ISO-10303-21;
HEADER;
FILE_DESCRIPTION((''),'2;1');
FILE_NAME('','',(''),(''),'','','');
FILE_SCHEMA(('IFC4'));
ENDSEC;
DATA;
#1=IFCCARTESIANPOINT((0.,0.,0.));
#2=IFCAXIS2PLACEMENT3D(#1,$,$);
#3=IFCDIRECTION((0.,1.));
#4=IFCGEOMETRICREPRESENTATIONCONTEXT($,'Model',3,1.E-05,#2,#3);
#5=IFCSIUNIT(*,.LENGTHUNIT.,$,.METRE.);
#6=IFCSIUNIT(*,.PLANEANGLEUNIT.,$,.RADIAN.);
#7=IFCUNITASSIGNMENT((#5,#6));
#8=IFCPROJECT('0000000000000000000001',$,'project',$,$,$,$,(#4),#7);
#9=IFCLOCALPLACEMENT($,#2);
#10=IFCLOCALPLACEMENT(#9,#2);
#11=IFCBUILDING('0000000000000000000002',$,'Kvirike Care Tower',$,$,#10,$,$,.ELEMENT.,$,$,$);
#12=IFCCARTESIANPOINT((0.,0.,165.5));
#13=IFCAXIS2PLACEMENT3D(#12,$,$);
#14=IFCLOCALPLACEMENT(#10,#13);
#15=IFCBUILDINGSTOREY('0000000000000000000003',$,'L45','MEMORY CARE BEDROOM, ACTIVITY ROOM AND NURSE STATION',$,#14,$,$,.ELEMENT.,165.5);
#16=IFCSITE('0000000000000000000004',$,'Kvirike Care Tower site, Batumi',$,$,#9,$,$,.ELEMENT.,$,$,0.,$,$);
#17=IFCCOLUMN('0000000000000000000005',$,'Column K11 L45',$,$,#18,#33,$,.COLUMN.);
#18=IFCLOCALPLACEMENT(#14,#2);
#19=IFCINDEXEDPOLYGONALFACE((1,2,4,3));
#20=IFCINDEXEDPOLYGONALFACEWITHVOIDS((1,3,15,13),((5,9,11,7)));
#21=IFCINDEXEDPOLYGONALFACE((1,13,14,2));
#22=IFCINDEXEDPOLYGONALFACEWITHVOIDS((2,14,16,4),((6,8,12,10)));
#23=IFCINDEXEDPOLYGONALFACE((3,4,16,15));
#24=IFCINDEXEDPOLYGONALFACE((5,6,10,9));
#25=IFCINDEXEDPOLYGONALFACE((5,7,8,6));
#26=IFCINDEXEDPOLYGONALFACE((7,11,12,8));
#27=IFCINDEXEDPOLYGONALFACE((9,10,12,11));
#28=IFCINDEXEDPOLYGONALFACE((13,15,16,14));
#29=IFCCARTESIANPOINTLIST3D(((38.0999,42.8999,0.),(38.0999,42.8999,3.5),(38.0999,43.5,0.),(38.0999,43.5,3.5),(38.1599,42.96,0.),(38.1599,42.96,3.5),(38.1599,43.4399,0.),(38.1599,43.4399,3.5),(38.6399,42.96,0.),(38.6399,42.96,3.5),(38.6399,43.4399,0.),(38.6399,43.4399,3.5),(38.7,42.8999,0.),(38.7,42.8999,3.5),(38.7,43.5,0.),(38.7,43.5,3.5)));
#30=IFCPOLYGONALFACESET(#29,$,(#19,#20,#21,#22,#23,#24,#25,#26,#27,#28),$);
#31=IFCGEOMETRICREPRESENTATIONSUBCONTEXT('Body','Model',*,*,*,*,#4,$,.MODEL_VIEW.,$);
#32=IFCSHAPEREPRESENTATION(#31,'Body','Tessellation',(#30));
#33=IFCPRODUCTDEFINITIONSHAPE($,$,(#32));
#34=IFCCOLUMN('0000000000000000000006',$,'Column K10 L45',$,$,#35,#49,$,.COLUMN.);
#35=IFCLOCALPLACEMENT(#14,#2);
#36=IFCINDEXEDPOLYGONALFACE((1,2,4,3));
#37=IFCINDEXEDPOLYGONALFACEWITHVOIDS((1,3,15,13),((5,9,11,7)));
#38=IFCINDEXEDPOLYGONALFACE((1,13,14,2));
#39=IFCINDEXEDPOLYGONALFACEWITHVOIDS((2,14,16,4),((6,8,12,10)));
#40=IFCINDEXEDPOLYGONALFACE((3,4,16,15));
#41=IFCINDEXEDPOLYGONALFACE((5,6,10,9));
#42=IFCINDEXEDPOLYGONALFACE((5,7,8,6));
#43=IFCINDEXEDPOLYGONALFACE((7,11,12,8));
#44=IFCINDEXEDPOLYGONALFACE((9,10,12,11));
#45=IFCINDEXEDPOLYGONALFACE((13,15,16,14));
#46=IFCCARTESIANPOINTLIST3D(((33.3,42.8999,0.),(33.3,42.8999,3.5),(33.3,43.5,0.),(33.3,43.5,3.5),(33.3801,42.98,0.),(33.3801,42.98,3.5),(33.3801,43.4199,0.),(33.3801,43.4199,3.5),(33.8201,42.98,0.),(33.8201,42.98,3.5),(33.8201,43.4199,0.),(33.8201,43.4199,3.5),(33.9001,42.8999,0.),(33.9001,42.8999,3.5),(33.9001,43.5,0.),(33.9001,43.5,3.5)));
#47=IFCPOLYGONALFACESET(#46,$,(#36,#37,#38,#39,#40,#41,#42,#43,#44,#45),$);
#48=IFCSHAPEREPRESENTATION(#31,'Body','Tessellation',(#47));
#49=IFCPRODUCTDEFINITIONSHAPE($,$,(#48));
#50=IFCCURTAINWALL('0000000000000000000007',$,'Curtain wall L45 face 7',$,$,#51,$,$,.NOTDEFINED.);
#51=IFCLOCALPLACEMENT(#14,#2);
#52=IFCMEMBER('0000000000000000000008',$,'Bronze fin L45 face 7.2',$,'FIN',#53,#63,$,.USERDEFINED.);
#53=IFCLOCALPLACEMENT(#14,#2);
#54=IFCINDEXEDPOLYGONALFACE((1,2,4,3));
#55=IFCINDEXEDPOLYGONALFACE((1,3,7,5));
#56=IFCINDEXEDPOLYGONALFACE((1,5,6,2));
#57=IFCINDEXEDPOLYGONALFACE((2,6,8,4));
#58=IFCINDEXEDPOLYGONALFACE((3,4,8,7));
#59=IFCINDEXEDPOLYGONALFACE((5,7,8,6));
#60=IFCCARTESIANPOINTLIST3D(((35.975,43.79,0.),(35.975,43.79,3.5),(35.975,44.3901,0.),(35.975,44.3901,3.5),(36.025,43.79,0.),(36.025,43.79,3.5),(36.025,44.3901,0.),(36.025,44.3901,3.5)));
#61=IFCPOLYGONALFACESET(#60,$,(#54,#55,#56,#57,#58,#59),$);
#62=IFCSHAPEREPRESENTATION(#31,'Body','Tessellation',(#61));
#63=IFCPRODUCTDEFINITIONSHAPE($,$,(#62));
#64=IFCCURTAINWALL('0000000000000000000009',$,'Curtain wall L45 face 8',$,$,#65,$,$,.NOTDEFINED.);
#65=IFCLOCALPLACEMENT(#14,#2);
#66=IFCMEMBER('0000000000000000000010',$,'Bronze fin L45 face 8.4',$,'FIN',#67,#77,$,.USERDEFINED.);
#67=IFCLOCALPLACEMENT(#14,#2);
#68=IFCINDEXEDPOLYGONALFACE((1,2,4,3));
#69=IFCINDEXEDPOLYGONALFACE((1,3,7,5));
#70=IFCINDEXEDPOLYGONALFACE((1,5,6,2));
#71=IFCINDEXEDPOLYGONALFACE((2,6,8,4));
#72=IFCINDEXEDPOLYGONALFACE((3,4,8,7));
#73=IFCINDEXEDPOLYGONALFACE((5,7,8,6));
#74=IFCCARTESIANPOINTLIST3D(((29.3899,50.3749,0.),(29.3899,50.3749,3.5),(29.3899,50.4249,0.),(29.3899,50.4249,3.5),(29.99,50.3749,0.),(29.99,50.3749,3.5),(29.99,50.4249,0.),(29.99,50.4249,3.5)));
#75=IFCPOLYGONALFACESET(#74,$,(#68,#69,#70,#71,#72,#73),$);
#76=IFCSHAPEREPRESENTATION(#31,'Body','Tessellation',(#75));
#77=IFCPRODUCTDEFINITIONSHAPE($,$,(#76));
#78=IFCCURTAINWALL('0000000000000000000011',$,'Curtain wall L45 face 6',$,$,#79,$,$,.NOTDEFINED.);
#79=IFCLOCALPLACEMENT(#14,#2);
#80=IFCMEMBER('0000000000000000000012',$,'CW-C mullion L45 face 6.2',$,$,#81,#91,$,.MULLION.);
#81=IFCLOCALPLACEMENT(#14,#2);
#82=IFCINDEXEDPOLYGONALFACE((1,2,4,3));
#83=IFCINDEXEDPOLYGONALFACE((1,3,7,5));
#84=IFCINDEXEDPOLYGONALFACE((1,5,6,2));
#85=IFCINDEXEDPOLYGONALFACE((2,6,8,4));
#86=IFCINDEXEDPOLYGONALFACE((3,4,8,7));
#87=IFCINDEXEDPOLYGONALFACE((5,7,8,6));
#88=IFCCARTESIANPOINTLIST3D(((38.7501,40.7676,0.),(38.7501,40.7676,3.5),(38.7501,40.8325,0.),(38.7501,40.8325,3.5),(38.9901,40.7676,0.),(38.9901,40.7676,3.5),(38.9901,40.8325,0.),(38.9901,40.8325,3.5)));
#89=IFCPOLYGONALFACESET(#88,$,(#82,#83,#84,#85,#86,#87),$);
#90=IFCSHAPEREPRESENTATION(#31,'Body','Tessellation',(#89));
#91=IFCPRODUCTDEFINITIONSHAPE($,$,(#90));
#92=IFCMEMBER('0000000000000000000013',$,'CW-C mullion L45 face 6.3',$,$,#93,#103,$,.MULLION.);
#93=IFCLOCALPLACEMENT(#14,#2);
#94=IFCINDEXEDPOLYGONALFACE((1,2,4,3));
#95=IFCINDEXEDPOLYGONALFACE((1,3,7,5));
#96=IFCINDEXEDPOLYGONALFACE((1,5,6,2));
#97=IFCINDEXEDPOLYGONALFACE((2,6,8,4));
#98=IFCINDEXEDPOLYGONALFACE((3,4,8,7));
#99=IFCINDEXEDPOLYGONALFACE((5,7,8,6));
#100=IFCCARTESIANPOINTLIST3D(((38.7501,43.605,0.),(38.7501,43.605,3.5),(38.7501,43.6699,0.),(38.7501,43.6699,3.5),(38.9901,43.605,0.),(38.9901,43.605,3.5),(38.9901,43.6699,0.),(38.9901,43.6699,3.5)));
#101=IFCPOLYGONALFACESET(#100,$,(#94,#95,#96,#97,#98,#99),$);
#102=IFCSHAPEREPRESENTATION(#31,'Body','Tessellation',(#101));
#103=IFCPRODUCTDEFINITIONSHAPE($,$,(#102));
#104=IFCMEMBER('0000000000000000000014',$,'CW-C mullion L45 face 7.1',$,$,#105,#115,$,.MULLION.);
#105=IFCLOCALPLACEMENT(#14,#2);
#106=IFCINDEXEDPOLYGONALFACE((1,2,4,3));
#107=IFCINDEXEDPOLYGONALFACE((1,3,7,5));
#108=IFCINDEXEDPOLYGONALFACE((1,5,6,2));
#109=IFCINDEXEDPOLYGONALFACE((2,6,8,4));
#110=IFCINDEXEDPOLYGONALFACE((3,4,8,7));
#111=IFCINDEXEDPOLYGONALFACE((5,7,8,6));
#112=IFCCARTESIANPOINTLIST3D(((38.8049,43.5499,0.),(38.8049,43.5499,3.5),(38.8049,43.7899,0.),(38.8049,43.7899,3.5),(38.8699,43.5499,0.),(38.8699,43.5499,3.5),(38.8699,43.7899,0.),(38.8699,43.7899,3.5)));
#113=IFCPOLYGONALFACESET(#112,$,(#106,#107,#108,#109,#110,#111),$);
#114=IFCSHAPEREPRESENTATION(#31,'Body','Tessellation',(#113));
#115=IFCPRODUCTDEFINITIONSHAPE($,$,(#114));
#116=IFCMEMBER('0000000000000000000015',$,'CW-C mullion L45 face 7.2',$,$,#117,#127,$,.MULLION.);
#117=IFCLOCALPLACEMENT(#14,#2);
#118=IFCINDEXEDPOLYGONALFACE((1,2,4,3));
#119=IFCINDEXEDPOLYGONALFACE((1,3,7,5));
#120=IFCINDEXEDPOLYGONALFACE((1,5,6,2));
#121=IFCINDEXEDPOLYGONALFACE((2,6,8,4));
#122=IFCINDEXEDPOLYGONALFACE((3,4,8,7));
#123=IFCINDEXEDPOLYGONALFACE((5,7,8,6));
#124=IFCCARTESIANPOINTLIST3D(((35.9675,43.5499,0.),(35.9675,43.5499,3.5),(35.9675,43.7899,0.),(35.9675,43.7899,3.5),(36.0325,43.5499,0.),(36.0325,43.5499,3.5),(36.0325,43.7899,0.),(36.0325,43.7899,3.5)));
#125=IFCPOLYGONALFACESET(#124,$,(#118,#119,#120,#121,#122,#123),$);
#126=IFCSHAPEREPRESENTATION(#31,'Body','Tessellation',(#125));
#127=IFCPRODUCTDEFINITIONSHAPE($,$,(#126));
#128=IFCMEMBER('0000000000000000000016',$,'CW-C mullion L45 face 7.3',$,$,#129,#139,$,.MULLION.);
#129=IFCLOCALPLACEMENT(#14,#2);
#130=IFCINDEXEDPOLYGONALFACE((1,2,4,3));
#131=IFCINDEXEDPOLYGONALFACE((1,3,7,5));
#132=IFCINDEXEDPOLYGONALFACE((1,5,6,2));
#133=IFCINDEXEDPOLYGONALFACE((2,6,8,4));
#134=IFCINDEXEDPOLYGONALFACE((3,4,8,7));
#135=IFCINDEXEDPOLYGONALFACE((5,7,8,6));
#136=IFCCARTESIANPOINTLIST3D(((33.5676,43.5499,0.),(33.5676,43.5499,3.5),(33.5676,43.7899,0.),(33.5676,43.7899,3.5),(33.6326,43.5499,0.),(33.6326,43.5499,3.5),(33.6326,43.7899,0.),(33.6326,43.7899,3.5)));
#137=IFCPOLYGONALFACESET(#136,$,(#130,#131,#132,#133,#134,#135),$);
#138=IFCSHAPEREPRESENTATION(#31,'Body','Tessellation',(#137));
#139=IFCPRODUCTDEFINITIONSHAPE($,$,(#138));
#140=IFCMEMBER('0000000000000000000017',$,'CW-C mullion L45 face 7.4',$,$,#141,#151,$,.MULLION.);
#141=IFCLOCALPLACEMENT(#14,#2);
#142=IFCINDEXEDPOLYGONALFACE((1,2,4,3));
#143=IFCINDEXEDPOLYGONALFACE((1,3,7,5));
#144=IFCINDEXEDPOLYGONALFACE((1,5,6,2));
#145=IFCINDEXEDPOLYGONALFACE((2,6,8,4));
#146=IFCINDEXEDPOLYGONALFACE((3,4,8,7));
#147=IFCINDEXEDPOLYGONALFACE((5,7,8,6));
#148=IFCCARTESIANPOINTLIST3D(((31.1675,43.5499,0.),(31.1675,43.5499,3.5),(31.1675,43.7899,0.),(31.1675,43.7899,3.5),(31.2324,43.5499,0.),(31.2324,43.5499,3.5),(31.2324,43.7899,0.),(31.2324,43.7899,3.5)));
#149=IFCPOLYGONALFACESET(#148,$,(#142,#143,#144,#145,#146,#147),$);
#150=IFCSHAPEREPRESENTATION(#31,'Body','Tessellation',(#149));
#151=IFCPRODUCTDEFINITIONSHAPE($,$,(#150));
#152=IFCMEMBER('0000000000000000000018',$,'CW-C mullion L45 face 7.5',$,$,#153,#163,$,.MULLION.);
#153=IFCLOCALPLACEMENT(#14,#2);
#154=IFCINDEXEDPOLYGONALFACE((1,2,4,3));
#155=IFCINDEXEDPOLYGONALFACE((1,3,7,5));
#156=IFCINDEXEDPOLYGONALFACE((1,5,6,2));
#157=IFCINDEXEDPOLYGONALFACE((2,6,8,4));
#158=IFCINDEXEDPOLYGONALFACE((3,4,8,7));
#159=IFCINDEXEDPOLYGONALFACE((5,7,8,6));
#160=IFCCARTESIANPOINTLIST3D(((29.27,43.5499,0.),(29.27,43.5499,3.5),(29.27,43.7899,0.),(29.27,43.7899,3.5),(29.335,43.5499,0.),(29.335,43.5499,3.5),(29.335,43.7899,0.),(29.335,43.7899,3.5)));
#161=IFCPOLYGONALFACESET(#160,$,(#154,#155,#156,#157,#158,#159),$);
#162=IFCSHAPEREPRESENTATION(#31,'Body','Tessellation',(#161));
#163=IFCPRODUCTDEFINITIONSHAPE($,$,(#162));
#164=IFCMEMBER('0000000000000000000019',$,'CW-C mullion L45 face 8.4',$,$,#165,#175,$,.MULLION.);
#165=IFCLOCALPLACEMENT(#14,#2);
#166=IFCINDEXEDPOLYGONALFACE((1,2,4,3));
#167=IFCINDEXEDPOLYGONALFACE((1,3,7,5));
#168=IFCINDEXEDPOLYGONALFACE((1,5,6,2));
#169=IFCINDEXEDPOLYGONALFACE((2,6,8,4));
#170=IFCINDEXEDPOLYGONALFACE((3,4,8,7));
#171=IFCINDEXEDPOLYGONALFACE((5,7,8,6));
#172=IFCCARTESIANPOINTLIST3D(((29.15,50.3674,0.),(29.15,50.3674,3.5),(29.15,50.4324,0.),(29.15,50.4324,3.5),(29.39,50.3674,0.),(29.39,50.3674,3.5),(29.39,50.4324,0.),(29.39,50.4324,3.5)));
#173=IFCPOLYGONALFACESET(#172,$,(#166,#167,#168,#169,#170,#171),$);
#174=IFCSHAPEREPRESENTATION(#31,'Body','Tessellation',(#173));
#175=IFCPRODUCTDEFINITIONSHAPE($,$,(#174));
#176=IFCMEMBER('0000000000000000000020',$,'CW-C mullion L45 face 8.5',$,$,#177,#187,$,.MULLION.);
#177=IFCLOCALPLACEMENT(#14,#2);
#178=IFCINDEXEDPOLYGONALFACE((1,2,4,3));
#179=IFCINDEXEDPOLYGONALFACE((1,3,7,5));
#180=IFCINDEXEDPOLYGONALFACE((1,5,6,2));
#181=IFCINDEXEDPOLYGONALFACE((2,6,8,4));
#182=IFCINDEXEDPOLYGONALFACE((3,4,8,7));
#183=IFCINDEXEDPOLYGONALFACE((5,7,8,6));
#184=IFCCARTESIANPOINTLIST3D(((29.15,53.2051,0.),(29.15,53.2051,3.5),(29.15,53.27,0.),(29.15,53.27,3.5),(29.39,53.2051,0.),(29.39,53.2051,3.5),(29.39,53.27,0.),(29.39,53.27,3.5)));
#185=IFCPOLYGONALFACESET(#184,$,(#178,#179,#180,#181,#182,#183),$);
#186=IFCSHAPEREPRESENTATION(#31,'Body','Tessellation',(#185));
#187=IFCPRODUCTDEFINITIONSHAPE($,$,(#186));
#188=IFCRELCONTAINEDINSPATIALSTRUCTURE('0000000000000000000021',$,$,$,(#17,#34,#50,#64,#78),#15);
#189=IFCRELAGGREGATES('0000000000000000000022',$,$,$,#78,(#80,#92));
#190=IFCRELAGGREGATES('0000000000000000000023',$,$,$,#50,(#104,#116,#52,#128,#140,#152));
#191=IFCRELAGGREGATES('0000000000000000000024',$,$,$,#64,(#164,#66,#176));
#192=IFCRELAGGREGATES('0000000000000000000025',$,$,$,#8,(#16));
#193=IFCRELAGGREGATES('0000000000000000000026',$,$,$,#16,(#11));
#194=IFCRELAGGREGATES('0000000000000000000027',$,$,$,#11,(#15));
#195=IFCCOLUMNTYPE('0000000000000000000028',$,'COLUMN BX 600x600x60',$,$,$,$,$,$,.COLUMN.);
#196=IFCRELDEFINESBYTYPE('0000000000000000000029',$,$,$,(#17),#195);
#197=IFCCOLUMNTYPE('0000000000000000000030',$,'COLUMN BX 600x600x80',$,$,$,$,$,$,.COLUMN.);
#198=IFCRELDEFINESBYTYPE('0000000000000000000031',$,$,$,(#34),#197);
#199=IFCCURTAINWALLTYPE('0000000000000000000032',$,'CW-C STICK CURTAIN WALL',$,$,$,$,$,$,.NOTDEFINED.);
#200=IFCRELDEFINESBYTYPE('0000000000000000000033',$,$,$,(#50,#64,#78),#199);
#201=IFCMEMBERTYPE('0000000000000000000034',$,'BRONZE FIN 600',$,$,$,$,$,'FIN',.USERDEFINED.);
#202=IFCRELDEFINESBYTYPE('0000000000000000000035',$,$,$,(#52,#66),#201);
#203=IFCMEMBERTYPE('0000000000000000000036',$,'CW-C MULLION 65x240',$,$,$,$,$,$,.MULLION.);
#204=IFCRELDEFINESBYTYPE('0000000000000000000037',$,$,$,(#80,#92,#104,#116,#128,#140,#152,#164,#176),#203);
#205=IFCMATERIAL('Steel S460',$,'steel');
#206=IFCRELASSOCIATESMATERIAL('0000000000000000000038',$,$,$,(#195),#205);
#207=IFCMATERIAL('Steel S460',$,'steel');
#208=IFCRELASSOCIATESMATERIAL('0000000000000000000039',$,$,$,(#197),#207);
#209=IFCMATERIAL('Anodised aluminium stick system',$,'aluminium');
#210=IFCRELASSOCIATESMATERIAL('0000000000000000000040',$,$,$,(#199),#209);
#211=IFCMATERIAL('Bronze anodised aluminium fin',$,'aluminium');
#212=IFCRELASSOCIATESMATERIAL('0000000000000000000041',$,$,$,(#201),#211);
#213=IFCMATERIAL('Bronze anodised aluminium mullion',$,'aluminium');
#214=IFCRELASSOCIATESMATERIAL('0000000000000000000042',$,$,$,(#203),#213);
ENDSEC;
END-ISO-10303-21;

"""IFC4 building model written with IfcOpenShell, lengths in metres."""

from ifc_helpers import new_model, si_unit, direction, frame, origin, origin_2d, place, context, subcontext, project, spatial, rectangle, hollow_rectangle, extrude, material, material_profile, profile_set, type_object, element, aggregate, save


model = new_model("IFC4")

# Units and contexts
model_context = context("Model", 3, precision=1e-05, world=origin(), true_north=direction((0.0, 1.0)))
body_context = subcontext(model_context, "Body", "Model", "MODEL_VIEW")
ifc_project = project(units=[si_unit("LENGTHUNIT", "METRE"), si_unit("PLANEANGLEUNIT", "RADIAN")], contexts=[model_context])

# Site, building, storey
site_placement = place(None, origin())
site = spatial("IfcSite", under=ifc_project, at=site_placement, Name="Kvirike Care Tower site, Batumi", CompositionType="ELEMENT", RefElevation=0.0)
building_placement = place(site_placement, origin())
building = spatial("IfcBuilding", under=site, at=building_placement, Name="Kvirike Care Tower", CompositionType="ELEMENT")
storey_placement = place(building_placement, frame((0.0, 0.0, 165.5)))
storey = spatial("IfcBuildingStorey", under=building, at=storey_placement, Name="L45", Description="MEMORY CARE BEDROOM, ACTIVITY ROOM AND NURSE STATION", CompositionType="ELEMENT", Elevation=165.5)

# Columns
ifc_material_1 = material(Name="Steel S460", Category="steel")
ifc_material_profile_1 = material_profile(ifc_material_1, hollow_rectangle(XDim=0.6001, YDim=0.6001, WallThickness=0.0601, at=origin_2d()), Name="BX 600x600x60")
ifc_profile_set_1 = profile_set([ifc_material_profile_1], Name="Steel S460")
column_type_1 = type_object("IfcColumnType", Name="COLUMN BX 600x600x60", PredefinedType="COLUMN", material=ifc_profile_set_1)
column_1_placement = place(storey_placement, frame((38.3999, 43.2, 0.0), z_axis=(0.0, 0.0, 1.0), x_axis=(0.0, 1.0, 0.0)))
element("IfcColumn", 1, at=column_1_placement, inside=storey, type_object=column_type_1, Name="Column K11 L45", PredefinedType="COLUMN", context=body_context, shape_type="SweptSolid", body=[
    extrude(hollow_rectangle(XDim=0.6001, YDim=0.6001, WallThickness=0.0601, at=origin_2d()), origin(), (0.0, 0.0, 1.0), 3.5),
])
ifc_material_2 = material(Name="Steel S460", Category="steel")
ifc_material_profile_2 = material_profile(ifc_material_2, hollow_rectangle(XDim=0.6001, YDim=0.6001, WallThickness=0.0801, at=origin_2d()), Name="BX 600x600x80")
ifc_profile_set_2 = profile_set([ifc_material_profile_2], Name="Steel S460")
column_type_2 = type_object("IfcColumnType", Name="COLUMN BX 600x600x80", PredefinedType="COLUMN", material=ifc_profile_set_2)
column_2_placement = place(storey_placement, frame((33.6001, 43.2, 0.0), z_axis=(0.0, 0.0, 1.0), x_axis=(0.0, 1.0, 0.0)))
element("IfcColumn", 2, at=column_2_placement, inside=storey, type_object=column_type_2, Name="Column K10 L45", PredefinedType="COLUMN", context=body_context, shape_type="SweptSolid", body=[
    extrude(hollow_rectangle(XDim=0.6001, YDim=0.6001, WallThickness=0.0801, at=origin_2d()), origin(), (0.0, 0.0, 1.0), 3.5),
])

# Curtain walls, members
ifc_material_3 = material(Name="Anodised aluminium stick system", Category="aluminium")
curtain_wall_type = type_object("IfcCurtainWallType", Name="CW-C STICK CURTAIN WALL", PredefinedType="NOTDEFINED", material=ifc_material_3)
curtain_wall_1_placement = place(storey_placement, origin())
curtain_wall_1 = element("IfcCurtainWall", 3, at=curtain_wall_1_placement, inside=storey, type_object=curtain_wall_type, Name="Curtain wall L45 face 7", PredefinedType="NOTDEFINED")
ifc_material_4 = material(Name="Bronze anodised aluminium fin", Category="aluminium")
ifc_material_profile_3 = material_profile(ifc_material_4, rectangle(XDim=0.05, YDim=0.6001, at=origin_2d()), Name="BRONZE FIN 600")
ifc_profile_set_3 = profile_set([ifc_material_profile_3], Name="Bronze anodised aluminium fin")
member_type_1 = type_object("IfcMemberType", Name="BRONZE FIN 600", ElementType="FIN", PredefinedType="USERDEFINED", material=ifc_profile_set_3)
member_1_placement = place(storey_placement, frame((36.0, 44.0901, 0.0), z_axis=(0.0, 0.0, 1.0), x_axis=(-1.0, 0.0, 0.0)))
member_1 = element("IfcMember", 4, at=member_1_placement, type_object=member_type_1, Name="Bronze fin L45 face 7.2", ObjectType="FIN", PredefinedType="USERDEFINED", context=body_context, shape_type="SweptSolid", body=[
    extrude(rectangle(XDim=0.05, YDim=0.6001, at=origin_2d()), origin(), (0.0, 0.0, 1.0), 3.5),
])
curtain_wall_2_placement = place(storey_placement, origin())
curtain_wall_2 = element("IfcCurtainWall", 5, at=curtain_wall_2_placement, inside=storey, type_object=curtain_wall_type, Name="Curtain wall L45 face 8", PredefinedType="NOTDEFINED")
member_2_placement = place(storey_placement, frame((29.6899, 50.3999, 0.0), z_axis=(0.0, 0.0, 1.0), x_axis=(0.0, 1.0, 0.0)))
member_2 = element("IfcMember", 6, at=member_2_placement, type_object=member_type_1, Name="Bronze fin L45 face 8.4", ObjectType="FIN", PredefinedType="USERDEFINED", context=body_context, shape_type="SweptSolid", body=[
    extrude(rectangle(XDim=0.05, YDim=0.6001, at=origin_2d()), origin(), (0.0, 0.0, 1.0), 3.5),
])

# Curtain wall, members
curtain_wall_3_placement = place(storey_placement, origin())
curtain_wall_3 = element("IfcCurtainWall", 7, at=curtain_wall_3_placement, inside=storey, type_object=curtain_wall_type, Name="Curtain wall L45 face 6", PredefinedType="NOTDEFINED")
ifc_material_5 = material(Name="Bronze anodised aluminium mullion", Category="aluminium")
ifc_material_profile_4 = material_profile(ifc_material_5, rectangle(XDim=0.0649, YDim=0.24, at=origin_2d()), Name="CW-C MULLION 65x240")
ifc_profile_set_4 = profile_set([ifc_material_profile_4], Name="Bronze anodised aluminium mullion")
member_type_2 = type_object("IfcMemberType", Name="CW-C MULLION 65x240", PredefinedType="MULLION", material=ifc_profile_set_4)
member_3_placement = place(storey_placement, frame((38.8701, 40.8, 0.0), z_axis=(0.0, 0.0, 1.0), x_axis=(0.0, 1.0, 0.0)))
member_3 = element("IfcMember", 8, at=member_3_placement, type_object=member_type_2, Name="CW-C mullion L45 face 6.2", PredefinedType="MULLION", context=body_context, shape_type="SweptSolid", body=[
    extrude(rectangle(XDim=0.0649, YDim=0.24, at=origin_2d()), origin(), (0.0, 0.0, 1.0), 3.5),
])
member_4_placement = place(storey_placement, frame((38.8701, 43.6375, 0.0), z_axis=(0.0, 0.0, 1.0), x_axis=(0.0, 1.0, 0.0)))
member_4 = element("IfcMember", 9, at=member_4_placement, type_object=member_type_2, Name="CW-C mullion L45 face 6.3", PredefinedType="MULLION", context=body_context, shape_type="SweptSolid", body=[
    extrude(rectangle(XDim=0.0649, YDim=0.24, at=origin_2d()), origin(), (0.0, 0.0, 1.0), 3.5),
])

# Members
member_5_placement = place(storey_placement, frame((38.8374, 43.6699, 0.0), z_axis=(0.0, 0.0, 1.0), x_axis=(-1.0, 0.0, 0.0)))
member_5 = element("IfcMember", 10, at=member_5_placement, type_object=member_type_2, Name="CW-C mullion L45 face 7.1", PredefinedType="MULLION", context=body_context, shape_type="SweptSolid", body=[
    extrude(rectangle(XDim=0.0649, YDim=0.24, at=origin_2d()), origin(), (0.0, 0.0, 1.0), 3.5),
])
member_6_placement = place(storey_placement, frame((36.0, 43.6699, 0.0), z_axis=(0.0, 0.0, 1.0), x_axis=(-1.0, 0.0, 0.0)))
member_6 = element("IfcMember", 11, at=member_6_placement, type_object=member_type_2, Name="CW-C mullion L45 face 7.2", PredefinedType="MULLION", context=body_context, shape_type="SweptSolid", body=[
    extrude(rectangle(XDim=0.0649, YDim=0.24, at=origin_2d()), origin(), (0.0, 0.0, 1.0), 3.5),
])
member_7_placement = place(storey_placement, frame((33.6001, 43.6699, 0.0), z_axis=(0.0, 0.0, 1.0), x_axis=(-1.0, 0.0, 0.0)))
member_7 = element("IfcMember", 12, at=member_7_placement, type_object=member_type_2, Name="CW-C mullion L45 face 7.3", PredefinedType="MULLION", context=body_context, shape_type="SweptSolid", body=[
    extrude(rectangle(XDim=0.0649, YDim=0.24, at=origin_2d()), origin(), (0.0, 0.0, 1.0), 3.5),
])
member_8_placement = place(storey_placement, frame((31.2, 43.6699, 0.0), z_axis=(0.0, 0.0, 1.0), x_axis=(-1.0, 0.0, 0.0)))
member_8 = element("IfcMember", 13, at=member_8_placement, type_object=member_type_2, Name="CW-C mullion L45 face 7.4", PredefinedType="MULLION", context=body_context, shape_type="SweptSolid", body=[
    extrude(rectangle(XDim=0.0649, YDim=0.24, at=origin_2d()), origin(), (0.0, 0.0, 1.0), 3.5),
])
member_9_placement = place(storey_placement, frame((29.3025, 43.6699, 0.0), z_axis=(0.0, 0.0, 1.0), x_axis=(-1.0, 0.0, 0.0)))
member_9 = element("IfcMember", 14, at=member_9_placement, type_object=member_type_2, Name="CW-C mullion L45 face 7.5", PredefinedType="MULLION", context=body_context, shape_type="SweptSolid", body=[
    extrude(rectangle(XDim=0.0649, YDim=0.24, at=origin_2d()), origin(), (0.0, 0.0, 1.0), 3.5),
])
member_10_placement = place(storey_placement, frame((29.27, 50.3999, 0.0), z_axis=(0.0, 0.0, 1.0), x_axis=(0.0, 1.0, 0.0)))
member_10 = element("IfcMember", 15, at=member_10_placement, type_object=member_type_2, Name="CW-C mullion L45 face 8.4", PredefinedType="MULLION", context=body_context, shape_type="SweptSolid", body=[
    extrude(rectangle(XDim=0.0649, YDim=0.24, at=origin_2d()), origin(), (0.0, 0.0, 1.0), 3.5),
])
member_11_placement = place(storey_placement, frame((29.27, 53.2375, 0.0), z_axis=(0.0, 0.0, 1.0), x_axis=(0.0, 1.0, 0.0)))
member_11 = element("IfcMember", 16, at=member_11_placement, type_object=member_type_2, Name="CW-C mullion L45 face 8.5", PredefinedType="MULLION", context=body_context, shape_type="SweptSolid", body=[
    extrude(rectangle(XDim=0.0649, YDim=0.24, at=origin_2d()), origin(), (0.0, 0.0, 1.0), 3.5),
])

aggregate(curtain_wall_3, [member_3, member_4])
aggregate(curtain_wall_1, [member_5, member_6, member_1, member_7, member_8, member_9])
aggregate(curtain_wall_2, [member_10, member_2, member_11])

save(model, "model.ifc")
